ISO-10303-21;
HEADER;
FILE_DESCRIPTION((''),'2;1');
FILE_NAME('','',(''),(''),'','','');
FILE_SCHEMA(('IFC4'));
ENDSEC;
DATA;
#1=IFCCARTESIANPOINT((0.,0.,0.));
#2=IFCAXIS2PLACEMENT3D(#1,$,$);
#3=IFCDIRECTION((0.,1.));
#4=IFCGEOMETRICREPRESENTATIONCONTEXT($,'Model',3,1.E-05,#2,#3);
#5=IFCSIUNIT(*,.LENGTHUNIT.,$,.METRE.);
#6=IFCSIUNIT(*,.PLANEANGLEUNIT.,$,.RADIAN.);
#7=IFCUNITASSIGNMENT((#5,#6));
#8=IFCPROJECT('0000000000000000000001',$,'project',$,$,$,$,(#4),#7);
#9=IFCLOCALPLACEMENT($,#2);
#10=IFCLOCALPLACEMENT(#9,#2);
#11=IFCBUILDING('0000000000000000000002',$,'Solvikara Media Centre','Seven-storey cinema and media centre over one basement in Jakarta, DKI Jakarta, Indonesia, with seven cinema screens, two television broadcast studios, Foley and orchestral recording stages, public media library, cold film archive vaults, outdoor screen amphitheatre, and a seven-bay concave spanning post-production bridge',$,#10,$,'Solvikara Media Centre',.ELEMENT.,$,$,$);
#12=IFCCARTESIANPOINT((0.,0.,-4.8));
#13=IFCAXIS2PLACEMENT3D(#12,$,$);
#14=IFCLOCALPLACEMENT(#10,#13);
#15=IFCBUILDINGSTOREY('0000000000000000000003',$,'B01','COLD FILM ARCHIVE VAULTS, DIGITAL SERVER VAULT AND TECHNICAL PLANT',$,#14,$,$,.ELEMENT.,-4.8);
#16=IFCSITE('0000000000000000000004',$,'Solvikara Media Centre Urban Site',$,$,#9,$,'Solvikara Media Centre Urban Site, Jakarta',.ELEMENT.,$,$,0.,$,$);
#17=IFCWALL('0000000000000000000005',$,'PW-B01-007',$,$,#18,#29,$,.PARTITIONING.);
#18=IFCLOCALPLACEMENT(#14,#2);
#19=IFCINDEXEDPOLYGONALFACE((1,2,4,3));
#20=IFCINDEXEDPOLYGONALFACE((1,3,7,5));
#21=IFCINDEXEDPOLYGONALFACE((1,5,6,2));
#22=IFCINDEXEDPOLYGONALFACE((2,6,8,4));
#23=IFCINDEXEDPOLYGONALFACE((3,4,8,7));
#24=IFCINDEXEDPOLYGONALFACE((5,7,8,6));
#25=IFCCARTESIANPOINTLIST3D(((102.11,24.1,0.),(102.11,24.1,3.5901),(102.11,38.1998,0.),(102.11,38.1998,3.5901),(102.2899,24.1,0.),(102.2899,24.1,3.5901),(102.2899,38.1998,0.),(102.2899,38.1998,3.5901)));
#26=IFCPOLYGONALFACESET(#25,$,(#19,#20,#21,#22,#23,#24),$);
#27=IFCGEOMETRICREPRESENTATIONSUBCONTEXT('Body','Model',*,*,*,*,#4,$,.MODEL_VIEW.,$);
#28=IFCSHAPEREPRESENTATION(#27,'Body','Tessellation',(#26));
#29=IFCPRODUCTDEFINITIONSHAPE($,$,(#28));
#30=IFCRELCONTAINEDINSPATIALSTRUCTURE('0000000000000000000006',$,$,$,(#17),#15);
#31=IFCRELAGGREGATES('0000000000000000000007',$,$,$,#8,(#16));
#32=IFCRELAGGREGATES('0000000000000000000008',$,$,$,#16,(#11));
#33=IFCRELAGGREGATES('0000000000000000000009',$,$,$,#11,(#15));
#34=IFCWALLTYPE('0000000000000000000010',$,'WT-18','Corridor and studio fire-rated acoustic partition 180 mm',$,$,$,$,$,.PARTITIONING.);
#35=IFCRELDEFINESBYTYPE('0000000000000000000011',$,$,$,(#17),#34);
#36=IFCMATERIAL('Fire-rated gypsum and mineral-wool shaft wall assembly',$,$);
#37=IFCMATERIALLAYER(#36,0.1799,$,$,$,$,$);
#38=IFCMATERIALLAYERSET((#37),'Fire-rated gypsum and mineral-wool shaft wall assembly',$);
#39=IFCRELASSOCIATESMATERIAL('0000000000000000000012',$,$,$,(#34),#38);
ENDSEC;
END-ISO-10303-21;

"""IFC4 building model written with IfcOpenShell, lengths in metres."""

from ifc_helpers import new_model, si_unit, direction, frame, frame_2d, origin, place, context, subcontext, project, spatial, rectangle, extrude, material, layer, layer_set, type_object, element, save


model = new_model("IFC4")

# Units and contexts
model_context = context("Model", 3, precision=1e-05, world=origin(), true_north=direction((0.0, 1.0)))
body_context = subcontext(model_context, "Body", "Model", "MODEL_VIEW")
ifc_project = project(units=[si_unit("LENGTHUNIT", "METRE"), si_unit("PLANEANGLEUNIT", "RADIAN")], contexts=[model_context])

# Site, building, storey
site_placement = place(None, origin())
site = spatial("IfcSite", under=ifc_project, at=site_placement, Name="Solvikara Media Centre Urban Site", LongName="Solvikara Media Centre Urban Site, Jakarta", CompositionType="ELEMENT", RefElevation=0.0)
building_placement = place(site_placement, origin())
building = spatial("IfcBuilding", under=site, at=building_placement, Name="Solvikara Media Centre", Description="Seven-storey cinema and media centre over one basement in Jakarta, DKI Jakarta, Indonesia, with seven cinema screens, two television broadcast studios, Foley and orchestral recording stages, public media library, cold film archive vaults, outdoor screen amphitheatre, and a seven-bay concave spanning post-production bridge", LongName="Solvikara Media Centre", CompositionType="ELEMENT")
storey_placement = place(building_placement, frame((0.0, 0.0, -4.8)))
storey = spatial("IfcBuildingStorey", under=building, at=storey_placement, Name="B01", Description="COLD FILM ARCHIVE VAULTS, DIGITAL SERVER VAULT AND TECHNICAL PLANT", CompositionType="ELEMENT", Elevation=-4.8)

# Wall
ifc_material_1 = material(Name="Fire-rated gypsum and mineral-wool shaft wall assembly")
ifc_layer = layer(ifc_material_1, 0.1799)
ifc_layer_set = layer_set([ifc_layer], Name="Fire-rated gypsum and mineral-wool shaft wall assembly")
wall_type = type_object("IfcWallType", Name="WT-18", Description="Corridor and studio fire-rated acoustic partition 180 mm", PredefinedType="PARTITIONING", material=ifc_layer_set)
wall_placement = place(storey_placement, frame((102.2, 24.1001, 0.0), z_axis=(0.0, 0.0, 1.0), x_axis=(0.0, 1.0, 0.0)))
element("IfcWall", 1, at=wall_placement, inside=storey, type_object=wall_type, Name="PW-B01-007", PredefinedType="PARTITIONING", context=body_context, shape_type="SweptSolid", body=[
    extrude(rectangle(XDim=14.0999, YDim=0.1799, at=frame_2d((7.0498, 0.0))), origin(), (0.0, 0.0, 1.0), 3.5901),
])

save(model, "model.ifc")
